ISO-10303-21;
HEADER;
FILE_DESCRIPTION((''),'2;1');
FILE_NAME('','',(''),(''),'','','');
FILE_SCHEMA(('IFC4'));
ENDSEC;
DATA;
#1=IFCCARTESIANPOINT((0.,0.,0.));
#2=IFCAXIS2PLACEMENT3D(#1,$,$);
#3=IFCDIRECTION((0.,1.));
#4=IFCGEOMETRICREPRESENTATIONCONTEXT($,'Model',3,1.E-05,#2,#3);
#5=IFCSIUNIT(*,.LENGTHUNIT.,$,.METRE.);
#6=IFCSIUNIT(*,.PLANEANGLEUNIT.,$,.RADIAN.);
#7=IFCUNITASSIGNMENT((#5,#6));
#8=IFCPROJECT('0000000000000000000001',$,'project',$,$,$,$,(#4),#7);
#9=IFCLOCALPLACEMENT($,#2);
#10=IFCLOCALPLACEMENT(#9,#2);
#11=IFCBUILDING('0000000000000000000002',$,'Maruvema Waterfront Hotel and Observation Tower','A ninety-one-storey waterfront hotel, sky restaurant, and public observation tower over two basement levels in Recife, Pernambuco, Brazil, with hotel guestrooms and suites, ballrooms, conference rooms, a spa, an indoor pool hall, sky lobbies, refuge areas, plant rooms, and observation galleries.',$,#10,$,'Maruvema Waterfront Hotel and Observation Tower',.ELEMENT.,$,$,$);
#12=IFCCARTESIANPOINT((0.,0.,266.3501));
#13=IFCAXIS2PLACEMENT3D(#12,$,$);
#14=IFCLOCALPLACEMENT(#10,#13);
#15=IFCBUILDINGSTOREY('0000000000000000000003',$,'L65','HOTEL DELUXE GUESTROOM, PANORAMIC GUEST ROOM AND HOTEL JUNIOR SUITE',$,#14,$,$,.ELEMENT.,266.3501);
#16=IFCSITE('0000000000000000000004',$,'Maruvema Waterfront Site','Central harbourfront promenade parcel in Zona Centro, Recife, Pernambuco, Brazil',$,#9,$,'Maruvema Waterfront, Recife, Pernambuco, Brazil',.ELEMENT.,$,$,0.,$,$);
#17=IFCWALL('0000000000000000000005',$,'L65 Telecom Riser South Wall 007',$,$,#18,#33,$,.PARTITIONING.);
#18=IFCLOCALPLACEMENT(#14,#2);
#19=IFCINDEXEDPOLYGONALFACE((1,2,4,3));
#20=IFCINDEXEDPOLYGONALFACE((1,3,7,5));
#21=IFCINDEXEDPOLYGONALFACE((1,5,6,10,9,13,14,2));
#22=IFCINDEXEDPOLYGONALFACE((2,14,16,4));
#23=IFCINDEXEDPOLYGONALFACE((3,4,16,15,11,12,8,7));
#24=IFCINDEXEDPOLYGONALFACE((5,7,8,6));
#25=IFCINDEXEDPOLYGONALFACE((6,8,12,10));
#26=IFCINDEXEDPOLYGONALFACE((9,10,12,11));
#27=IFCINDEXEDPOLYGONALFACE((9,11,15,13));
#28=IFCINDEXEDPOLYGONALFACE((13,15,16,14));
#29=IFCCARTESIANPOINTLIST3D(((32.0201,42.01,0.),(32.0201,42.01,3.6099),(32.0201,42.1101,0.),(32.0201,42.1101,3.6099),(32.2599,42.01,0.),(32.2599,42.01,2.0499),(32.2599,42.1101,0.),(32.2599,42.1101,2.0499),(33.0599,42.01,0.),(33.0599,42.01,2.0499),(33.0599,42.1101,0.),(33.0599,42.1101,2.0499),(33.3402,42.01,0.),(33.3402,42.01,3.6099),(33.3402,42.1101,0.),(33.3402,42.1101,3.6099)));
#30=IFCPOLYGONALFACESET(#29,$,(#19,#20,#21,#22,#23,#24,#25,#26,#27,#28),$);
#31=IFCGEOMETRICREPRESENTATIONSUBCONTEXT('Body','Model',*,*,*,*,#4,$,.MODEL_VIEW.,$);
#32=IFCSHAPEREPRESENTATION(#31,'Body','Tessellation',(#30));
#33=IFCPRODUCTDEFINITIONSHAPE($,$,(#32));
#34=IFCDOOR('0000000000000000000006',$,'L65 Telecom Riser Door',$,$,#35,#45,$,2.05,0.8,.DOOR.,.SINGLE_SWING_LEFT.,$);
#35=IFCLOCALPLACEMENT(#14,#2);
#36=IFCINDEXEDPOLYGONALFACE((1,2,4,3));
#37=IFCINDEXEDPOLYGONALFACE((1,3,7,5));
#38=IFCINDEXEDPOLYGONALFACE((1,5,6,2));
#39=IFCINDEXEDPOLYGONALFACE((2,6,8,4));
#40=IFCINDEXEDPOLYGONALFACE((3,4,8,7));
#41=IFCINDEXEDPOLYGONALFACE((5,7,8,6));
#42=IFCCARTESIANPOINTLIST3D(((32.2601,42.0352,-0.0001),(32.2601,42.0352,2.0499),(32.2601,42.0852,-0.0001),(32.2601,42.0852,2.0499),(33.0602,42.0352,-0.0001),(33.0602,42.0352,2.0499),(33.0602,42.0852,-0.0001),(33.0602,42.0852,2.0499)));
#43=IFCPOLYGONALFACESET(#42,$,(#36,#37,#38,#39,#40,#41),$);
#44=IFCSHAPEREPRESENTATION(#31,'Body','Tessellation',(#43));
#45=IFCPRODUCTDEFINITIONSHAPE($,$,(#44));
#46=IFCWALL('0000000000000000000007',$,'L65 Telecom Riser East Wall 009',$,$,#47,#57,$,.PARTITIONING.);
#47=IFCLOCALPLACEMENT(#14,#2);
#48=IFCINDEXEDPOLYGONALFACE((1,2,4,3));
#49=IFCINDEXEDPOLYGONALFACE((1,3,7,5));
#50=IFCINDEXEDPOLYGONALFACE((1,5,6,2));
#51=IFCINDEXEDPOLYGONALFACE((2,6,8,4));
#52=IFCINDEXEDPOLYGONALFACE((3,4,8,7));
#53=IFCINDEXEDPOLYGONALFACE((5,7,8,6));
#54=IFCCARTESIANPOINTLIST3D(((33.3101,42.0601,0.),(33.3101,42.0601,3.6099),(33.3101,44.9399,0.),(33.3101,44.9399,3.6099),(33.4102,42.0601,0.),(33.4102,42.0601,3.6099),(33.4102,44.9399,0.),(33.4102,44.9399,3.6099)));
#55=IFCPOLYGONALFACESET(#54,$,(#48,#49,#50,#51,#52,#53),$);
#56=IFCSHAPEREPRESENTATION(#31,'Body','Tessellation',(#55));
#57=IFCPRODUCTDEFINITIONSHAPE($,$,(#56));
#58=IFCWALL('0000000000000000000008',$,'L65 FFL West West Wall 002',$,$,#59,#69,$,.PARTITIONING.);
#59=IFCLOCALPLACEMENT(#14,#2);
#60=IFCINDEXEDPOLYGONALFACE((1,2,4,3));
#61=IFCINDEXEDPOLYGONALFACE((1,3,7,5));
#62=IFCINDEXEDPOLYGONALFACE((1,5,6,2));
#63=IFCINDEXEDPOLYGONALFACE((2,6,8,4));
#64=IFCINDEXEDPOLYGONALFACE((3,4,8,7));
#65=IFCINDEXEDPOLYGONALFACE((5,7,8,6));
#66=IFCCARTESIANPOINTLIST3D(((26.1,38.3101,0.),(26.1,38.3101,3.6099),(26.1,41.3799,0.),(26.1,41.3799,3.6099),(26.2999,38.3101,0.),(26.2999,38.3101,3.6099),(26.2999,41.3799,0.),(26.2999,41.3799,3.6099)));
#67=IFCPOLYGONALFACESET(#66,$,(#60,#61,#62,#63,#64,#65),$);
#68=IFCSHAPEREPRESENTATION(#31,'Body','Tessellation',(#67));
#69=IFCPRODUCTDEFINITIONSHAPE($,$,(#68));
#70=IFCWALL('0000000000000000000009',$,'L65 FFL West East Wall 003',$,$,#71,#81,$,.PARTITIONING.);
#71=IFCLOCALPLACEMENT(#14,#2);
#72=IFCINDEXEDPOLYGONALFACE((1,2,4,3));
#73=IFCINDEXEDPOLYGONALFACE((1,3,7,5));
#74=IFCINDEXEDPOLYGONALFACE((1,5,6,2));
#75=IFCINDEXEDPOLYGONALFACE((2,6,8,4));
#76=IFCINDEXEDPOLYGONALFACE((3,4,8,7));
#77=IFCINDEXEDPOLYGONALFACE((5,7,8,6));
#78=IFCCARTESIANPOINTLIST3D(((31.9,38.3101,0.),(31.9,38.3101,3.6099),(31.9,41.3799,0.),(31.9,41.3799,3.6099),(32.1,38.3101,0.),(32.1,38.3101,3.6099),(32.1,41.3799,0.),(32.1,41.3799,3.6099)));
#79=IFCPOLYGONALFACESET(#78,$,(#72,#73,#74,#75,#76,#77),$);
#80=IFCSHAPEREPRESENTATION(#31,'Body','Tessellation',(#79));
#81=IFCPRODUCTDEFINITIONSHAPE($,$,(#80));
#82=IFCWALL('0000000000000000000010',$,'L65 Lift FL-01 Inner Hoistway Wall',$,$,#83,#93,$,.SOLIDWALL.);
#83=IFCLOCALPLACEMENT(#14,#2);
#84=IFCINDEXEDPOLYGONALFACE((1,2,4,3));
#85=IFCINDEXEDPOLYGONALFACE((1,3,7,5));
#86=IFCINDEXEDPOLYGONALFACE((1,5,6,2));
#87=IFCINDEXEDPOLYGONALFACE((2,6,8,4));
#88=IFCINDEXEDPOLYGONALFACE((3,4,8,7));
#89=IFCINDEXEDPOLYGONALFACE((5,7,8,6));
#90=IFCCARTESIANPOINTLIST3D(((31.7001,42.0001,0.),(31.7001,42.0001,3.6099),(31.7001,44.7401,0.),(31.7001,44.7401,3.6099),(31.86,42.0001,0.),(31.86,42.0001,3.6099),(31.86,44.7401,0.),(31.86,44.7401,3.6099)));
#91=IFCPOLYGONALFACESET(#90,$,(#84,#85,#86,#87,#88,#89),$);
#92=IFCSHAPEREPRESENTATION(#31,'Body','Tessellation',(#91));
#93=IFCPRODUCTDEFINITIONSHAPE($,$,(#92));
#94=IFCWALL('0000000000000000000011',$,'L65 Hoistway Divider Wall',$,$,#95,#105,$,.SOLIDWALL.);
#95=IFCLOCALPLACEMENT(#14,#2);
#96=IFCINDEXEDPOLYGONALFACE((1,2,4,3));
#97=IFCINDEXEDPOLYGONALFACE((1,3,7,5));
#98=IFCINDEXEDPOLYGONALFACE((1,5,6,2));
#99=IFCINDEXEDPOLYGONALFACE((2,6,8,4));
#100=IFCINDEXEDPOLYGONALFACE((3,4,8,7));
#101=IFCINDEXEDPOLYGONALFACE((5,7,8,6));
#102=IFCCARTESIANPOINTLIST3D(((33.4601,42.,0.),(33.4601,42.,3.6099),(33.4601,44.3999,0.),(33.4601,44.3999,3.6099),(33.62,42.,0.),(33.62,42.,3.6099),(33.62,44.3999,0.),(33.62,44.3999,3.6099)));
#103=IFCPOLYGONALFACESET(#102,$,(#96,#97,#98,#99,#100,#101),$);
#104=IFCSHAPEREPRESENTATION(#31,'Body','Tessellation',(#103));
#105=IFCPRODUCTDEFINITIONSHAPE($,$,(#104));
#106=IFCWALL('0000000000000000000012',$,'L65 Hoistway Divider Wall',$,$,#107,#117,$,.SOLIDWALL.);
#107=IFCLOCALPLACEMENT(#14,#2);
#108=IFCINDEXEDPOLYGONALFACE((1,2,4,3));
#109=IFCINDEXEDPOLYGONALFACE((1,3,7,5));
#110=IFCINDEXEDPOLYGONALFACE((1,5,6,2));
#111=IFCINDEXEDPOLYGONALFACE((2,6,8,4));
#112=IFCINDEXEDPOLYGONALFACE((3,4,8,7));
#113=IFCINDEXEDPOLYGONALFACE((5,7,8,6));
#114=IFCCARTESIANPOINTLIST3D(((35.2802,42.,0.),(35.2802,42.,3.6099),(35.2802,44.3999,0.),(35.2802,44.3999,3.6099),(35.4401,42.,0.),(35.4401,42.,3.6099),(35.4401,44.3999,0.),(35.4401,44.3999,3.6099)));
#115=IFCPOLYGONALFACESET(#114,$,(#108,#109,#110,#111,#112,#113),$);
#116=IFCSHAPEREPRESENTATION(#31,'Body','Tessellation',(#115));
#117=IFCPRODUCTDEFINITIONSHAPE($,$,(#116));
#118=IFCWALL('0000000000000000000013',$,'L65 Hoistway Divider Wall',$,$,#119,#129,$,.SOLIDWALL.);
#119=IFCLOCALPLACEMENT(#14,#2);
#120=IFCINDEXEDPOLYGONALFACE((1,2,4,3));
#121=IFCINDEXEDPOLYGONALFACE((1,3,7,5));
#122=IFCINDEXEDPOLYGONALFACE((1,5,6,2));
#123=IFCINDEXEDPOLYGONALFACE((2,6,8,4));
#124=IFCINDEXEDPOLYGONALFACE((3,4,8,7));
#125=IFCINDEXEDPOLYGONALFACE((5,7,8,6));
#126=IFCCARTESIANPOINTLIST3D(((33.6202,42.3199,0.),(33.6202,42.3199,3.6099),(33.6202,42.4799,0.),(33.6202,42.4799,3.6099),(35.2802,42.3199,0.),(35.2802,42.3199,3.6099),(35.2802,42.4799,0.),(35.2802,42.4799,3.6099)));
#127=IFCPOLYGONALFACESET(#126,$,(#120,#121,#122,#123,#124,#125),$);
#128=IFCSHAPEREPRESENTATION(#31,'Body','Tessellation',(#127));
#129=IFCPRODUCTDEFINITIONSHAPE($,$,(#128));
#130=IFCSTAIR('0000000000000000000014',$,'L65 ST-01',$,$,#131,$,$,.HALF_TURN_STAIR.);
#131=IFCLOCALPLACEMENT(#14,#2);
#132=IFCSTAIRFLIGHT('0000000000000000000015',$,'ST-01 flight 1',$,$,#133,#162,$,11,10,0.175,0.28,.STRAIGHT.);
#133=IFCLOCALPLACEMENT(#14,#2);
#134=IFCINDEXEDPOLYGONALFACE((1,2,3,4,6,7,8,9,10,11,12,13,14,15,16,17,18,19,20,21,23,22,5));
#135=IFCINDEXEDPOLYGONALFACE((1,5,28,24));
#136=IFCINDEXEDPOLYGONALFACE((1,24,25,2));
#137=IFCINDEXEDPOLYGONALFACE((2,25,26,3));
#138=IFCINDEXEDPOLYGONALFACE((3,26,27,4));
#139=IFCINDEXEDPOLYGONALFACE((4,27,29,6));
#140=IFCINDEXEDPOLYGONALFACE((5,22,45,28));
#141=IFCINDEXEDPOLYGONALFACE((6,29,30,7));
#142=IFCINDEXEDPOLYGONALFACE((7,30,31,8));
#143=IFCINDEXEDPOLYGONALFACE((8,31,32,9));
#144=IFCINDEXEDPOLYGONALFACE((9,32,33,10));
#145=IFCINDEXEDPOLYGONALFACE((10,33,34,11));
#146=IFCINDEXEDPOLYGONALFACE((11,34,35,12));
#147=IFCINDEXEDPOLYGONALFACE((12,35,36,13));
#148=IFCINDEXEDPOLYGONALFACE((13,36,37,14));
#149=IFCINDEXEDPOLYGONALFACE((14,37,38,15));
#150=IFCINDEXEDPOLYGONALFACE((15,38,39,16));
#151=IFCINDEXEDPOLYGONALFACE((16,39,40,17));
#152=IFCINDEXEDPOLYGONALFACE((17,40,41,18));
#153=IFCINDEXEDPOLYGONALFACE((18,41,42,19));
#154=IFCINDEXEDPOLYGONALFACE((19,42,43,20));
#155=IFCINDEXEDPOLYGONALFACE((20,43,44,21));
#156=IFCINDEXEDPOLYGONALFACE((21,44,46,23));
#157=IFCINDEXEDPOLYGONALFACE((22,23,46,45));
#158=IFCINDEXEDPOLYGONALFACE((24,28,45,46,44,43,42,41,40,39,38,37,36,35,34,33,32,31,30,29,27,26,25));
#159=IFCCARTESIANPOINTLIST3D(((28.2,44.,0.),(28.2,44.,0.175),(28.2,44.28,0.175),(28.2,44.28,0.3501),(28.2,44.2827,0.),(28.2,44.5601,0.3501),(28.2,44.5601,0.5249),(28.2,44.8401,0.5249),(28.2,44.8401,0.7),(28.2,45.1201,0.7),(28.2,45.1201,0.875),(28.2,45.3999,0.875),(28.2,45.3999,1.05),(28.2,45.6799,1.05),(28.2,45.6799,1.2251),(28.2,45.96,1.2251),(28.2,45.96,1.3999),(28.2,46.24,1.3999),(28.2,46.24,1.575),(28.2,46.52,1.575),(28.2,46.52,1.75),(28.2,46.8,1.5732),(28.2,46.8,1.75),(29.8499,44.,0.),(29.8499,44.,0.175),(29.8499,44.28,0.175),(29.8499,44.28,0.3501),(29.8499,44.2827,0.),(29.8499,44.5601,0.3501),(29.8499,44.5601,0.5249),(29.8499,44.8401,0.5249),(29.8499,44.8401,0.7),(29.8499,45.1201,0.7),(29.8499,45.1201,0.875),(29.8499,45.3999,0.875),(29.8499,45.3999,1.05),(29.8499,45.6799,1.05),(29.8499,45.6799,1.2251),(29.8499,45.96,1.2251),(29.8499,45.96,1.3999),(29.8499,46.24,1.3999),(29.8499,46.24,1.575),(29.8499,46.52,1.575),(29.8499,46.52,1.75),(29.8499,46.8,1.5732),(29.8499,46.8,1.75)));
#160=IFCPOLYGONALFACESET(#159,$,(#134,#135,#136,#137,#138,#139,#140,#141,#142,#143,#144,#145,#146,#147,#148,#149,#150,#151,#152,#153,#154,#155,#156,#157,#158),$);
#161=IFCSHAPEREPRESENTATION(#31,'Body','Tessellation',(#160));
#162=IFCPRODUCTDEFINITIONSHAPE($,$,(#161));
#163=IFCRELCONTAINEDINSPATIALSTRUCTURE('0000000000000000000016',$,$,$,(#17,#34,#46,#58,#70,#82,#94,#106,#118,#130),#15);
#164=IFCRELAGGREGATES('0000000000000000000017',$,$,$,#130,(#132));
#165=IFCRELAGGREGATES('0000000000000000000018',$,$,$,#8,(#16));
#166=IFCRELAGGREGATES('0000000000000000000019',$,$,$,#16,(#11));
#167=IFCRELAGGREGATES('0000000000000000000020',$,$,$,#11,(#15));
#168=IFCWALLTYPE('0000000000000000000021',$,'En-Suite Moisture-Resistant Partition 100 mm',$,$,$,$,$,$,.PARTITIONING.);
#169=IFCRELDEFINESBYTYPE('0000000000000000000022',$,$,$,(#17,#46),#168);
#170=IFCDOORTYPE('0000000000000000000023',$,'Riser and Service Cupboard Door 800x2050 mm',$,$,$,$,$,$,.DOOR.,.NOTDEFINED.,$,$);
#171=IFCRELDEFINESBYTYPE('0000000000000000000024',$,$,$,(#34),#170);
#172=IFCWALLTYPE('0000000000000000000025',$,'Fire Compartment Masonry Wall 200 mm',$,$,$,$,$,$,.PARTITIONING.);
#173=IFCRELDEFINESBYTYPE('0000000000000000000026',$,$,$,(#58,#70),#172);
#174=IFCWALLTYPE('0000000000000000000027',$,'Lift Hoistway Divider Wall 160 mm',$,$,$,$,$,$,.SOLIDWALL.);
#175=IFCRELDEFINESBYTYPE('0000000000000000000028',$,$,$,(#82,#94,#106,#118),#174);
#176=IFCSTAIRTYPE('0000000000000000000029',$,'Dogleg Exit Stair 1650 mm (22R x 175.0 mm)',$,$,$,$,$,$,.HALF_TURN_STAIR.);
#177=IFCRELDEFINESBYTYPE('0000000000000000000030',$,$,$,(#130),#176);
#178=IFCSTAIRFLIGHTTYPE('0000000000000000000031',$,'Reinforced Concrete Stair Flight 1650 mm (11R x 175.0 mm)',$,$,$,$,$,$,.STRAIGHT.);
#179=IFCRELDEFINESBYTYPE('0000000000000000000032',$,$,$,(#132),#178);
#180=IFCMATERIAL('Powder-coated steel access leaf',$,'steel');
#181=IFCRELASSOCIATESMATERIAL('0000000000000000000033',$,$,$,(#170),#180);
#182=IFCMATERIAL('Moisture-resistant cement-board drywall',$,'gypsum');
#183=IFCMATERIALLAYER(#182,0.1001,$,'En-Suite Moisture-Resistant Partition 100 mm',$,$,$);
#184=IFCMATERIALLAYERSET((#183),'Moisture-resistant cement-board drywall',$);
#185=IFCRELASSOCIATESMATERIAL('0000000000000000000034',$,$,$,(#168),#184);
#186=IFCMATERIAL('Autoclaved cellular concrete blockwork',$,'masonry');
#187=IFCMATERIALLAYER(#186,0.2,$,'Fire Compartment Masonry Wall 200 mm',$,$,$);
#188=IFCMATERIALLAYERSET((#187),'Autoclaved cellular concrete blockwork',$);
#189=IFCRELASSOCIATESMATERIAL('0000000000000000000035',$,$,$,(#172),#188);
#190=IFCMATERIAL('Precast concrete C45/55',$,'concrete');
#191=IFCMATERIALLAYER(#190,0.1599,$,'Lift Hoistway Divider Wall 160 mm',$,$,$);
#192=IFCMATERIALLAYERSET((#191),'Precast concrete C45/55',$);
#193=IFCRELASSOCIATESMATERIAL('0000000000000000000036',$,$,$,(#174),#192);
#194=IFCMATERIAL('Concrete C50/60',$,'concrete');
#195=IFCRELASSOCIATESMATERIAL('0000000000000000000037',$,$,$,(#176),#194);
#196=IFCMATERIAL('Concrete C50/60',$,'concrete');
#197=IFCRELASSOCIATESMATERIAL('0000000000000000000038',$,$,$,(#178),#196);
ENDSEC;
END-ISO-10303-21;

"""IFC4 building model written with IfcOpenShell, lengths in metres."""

from ifc_helpers import new_model, si_unit, direction, frame, frame_2d, origin, place, context, subcontext, project, spatial, polyline, rectangle, outline, extrude, material, layer, layer_set, type_object, element, fill, aggregate, save


model = new_model("IFC4")

# Units and contexts
model_context = context("Model", 3, precision=1e-05, world=origin(), true_north=direction((0.0, 1.0)))
body_context = subcontext(model_context, "Body", "Model", "MODEL_VIEW")
ifc_project = project(units=[si_unit("LENGTHUNIT", "METRE"), si_unit("PLANEANGLEUNIT", "RADIAN")], contexts=[model_context])

# Site, building, storey
site_placement = place(None, origin())
site = spatial("IfcSite", under=ifc_project, at=site_placement, Name="Maruvema Waterfront Site", Description="Central harbourfront promenade parcel in Zona Centro, Recife, Pernambuco, Brazil", LongName="Maruvema Waterfront, Recife, Pernambuco, Brazil", CompositionType="ELEMENT", RefElevation=0.0)
building_placement = place(site_placement, origin())
building = spatial("IfcBuilding", under=site, at=building_placement, Name="Maruvema Waterfront Hotel and Observation Tower", Description="A ninety-one-storey waterfront hotel, sky restaurant, and public observation tower over two basement levels in Recife, Pernambuco, Brazil, with hotel guestrooms and suites, ballrooms, conference rooms, a spa, an indoor pool hall, sky lobbies, refuge areas, plant rooms, and observation galleries.", LongName="Maruvema Waterfront Hotel and Observation Tower", CompositionType="ELEMENT")
storey_placement = place(building_placement, frame((0.0, 0.0, 266.3501)))
storey = spatial("IfcBuildingStorey", under=building, at=storey_placement, Name="L65", Description="HOTEL DELUXE GUESTROOM, PANORAMIC GUEST ROOM AND HOTEL JUNIOR SUITE", CompositionType="ELEMENT", Elevation=266.3501)

# Shared definitions
ifc_material_1 = material(Name="Powder-coated steel access leaf", Category="steel")
door_type_1 = type_object("IfcDoorType", Name="Riser and Service Cupboard Door 800x2050 mm", OperationType="NOTDEFINED", PredefinedType="DOOR", material=ifc_material_1)

# Wall, opening, door
ifc_material_2 = material(Name="Moisture-resistant cement-board drywall", Category="gypsum")
ifc_layer_1 = layer(ifc_material_2, 0.1001, Name="En-Suite Moisture-Resistant Partition 100 mm")
ifc_layer_set_1 = layer_set([ifc_layer_1], Name="Moisture-resistant cement-board drywall")
wall_type_1 = type_object("IfcWallType", Name="En-Suite Moisture-Resistant Partition 100 mm", PredefinedType="PARTITIONING", material=ifc_layer_set_1)
wall_1_placement = place(storey_placement, frame((32.02, 42.0601, 0.0), z_axis=(0.0, 0.0, 1.0), x_axis=(1.0, 0.0, 0.0)))
wall_1 = element("IfcWall", 1, at=wall_1_placement, inside=storey, type_object=wall_type_1, Name="L65 Telecom Riser South Wall 007", PredefinedType="PARTITIONING", context=body_context, shape_type="SweptSolid", body=[
    extrude(rectangle(XDim=1.3201, YDim=0.1001, at=frame_2d((0.6602, 0.0))), origin(), (0.0, 0.0, 1.0), 3.6099),
])
opening_1_placement = place(wall_1_placement, frame((0.24, 0.0, 0.0)))
opening_1 = element("IfcOpeningElement", 2, at=opening_1_placement, cuts=wall_1, PredefinedType="OPENING", context=body_context, shape_type="SweptSolid", body=[
    extrude(rectangle(XDim=0.8, YDim=2.05, at=frame_2d((0.3999, 1.0249))), frame((0.0, 0.0601, 0.0), z_axis=(0.0, -1.0, 0.0), x_axis=(1.0, 0.0, 0.0)), (0.0, 0.0, 1.0), 0.1201),
])
door_1_placement = place(opening_1_placement, frame((0.8, 0.0, 0.0), z_axis=(0.0, 0.0, 1.0), x_axis=(-1.0, 0.0, 0.0)))
door_1 = element("IfcDoor", 3, at=door_1_placement, inside=storey, type_object=door_type_1, Name="L65 Telecom Riser Door", OperationType="SINGLE_SWING_LEFT", OverallHeight=2.05, OverallWidth=0.8, PredefinedType="DOOR", context=body_context, shape_type="SweptSolid", body=[
    extrude(rectangle(XDim=0.8, YDim=2.05, at=frame_2d((0.3999, 1.0249))), frame((0.0, 0.0249, 0.0), z_axis=(0.0, -1.0, 0.0), x_axis=(1.0, 0.0, 0.0)), (0.0, 0.0, 1.0), 0.05),
])
fill(opening_1, door_1)

# Wall
wall_2_placement = place(storey_placement, frame((33.3601, 42.0601, 0.0), z_axis=(0.0, 0.0, 1.0), x_axis=(0.0, 1.0, 0.0)))
element("IfcWall", 4, at=wall_2_placement, inside=storey, type_object=wall_type_1, Name="L65 Telecom Riser East Wall 009", PredefinedType="PARTITIONING", context=body_context, shape_type="SweptSolid", body=[
    extrude(rectangle(XDim=2.8799, YDim=0.1001, at=frame_2d((1.4399, 0.0))), origin(), (0.0, 0.0, 1.0), 3.6099),
])

# Shared definitions
ifc_material_3 = material(Name="Autoclaved cellular concrete blockwork", Category="masonry")
ifc_layer_2 = layer(ifc_material_3, 0.2, Name="Fire Compartment Masonry Wall 200 mm")
ifc_layer_set_2 = layer_set([ifc_layer_2], Name="Autoclaved cellular concrete blockwork")
wall_type_2 = type_object("IfcWallType", Name="Fire Compartment Masonry Wall 200 mm", PredefinedType="PARTITIONING", material=ifc_layer_set_2)

# Walls
for number, where, z_axis, x_axis, name in (
    (5, (26.2, 38.3101, 0.0), (0.0, 0.0, 1.0), (0.0, 1.0, 0.0), "L65 FFL West West Wall 002"),
    (6, (32.0, 38.3101, 0.0), (0.0, 0.0, 1.0), (0.0, 1.0, 0.0), "L65 FFL West East Wall 003"),
):
    element("IfcWall", number, at=place(storey_placement, frame(where, z_axis=z_axis, x_axis=x_axis)), inside=storey, type_object=wall_type_2, Name=name, PredefinedType="PARTITIONING", context=body_context, shape_type="SweptSolid", body=[
        extrude(rectangle(XDim=3.0698, YDim=0.2, at=frame_2d((1.5349, 0.0))), origin(), (0.0, 0.0, 1.0), 3.6099),
    ])
ifc_material_4 = material(Name="Precast concrete C45/55", Category="concrete")
ifc_layer_3 = layer(ifc_material_4, 0.1599, Name="Lift Hoistway Divider Wall 160 mm")
ifc_layer_set_3 = layer_set([ifc_layer_3], Name="Precast concrete C45/55")
wall_type_3 = type_object("IfcWallType", Name="Lift Hoistway Divider Wall 160 mm", PredefinedType="SOLIDWALL", material=ifc_layer_set_3)
wall_3_placement = place(storey_placement, frame((31.78, 42.0, 0.0), z_axis=(0.0, 0.0, 1.0), x_axis=(0.0, 1.0, 0.0)))
element("IfcWall", 7, at=wall_3_placement, inside=storey, type_object=wall_type_3, Name="L65 Lift FL-01 Inner Hoistway Wall", PredefinedType="SOLIDWALL", context=body_context, shape_type="SweptSolid", body=[
    extrude(rectangle(XDim=2.74, YDim=0.1599, at=frame_2d((1.3701, 0.0))), origin(), (0.0, 0.0, 1.0), 3.6099),
])
for number, where, z_axis, x_axis, name in (
    (8, (33.54, 42.0, 0.0), (0.0, 0.0, 1.0), (0.0, 1.0, 0.0), "L65 Hoistway Divider Wall"),
    (9, (35.3601, 42.0, 0.0), (0.0, 0.0, 1.0), (0.0, 1.0, 0.0), "L65 Hoistway Divider Wall"),
):
    element("IfcWall", number, at=place(storey_placement, frame(where, z_axis=z_axis, x_axis=x_axis)), inside=storey, type_object=wall_type_3, Name=name, PredefinedType="SOLIDWALL", context=body_context, shape_type="SweptSolid", body=[
        extrude(rectangle(XDim=2.3999, YDim=0.1599, at=frame_2d((1.2, 0.0))), origin(), (0.0, 0.0, 1.0), 3.6099),
    ])
wall_4_placement = place(storey_placement, frame((33.6201, 42.3999, 0.0), z_axis=(0.0, 0.0, 1.0), x_axis=(1.0, 0.0, 0.0)))
element("IfcWall", 10, at=wall_4_placement, inside=storey, type_object=wall_type_3, Name="L65 Hoistway Divider Wall", PredefinedType="SOLIDWALL", context=body_context, shape_type="SweptSolid", body=[
    extrude(rectangle(XDim=1.6599, YDim=0.1599, at=frame_2d((0.8301, 0.0))), origin(), (0.0, 0.0, 1.0), 3.6099),
])

# Stair, stair flight
ifc_material_5 = material(Name="Concrete C50/60", Category="concrete")
stair_type = type_object("IfcStairType", Name="Dogleg Exit Stair 1650 mm (22R x 175.0 mm)", PredefinedType="HALF_TURN_STAIR", material=ifc_material_5)
stair_placement = place(storey_placement, origin())
stair = element("IfcStair", 11, at=stair_placement, inside=storey, type_object=stair_type, Name="L65 ST-01", PredefinedType="HALF_TURN_STAIR")
ifc_material_6 = material(Name="Concrete C50/60", Category="concrete")
stair_flight_type = type_object("IfcStairFlightType", Name="Reinforced Concrete Stair Flight 1650 mm (11R x 175.0 mm)", PredefinedType="STRAIGHT", material=ifc_material_6)
stair_flight_placement = place(storey_placement, frame((29.0249, 44.0, 0.0), z_axis=(0.0, 0.0, 1.0), x_axis=(0.0, 1.0, 0.0)))
stair_flight = element("IfcStairFlight", 12, at=stair_flight_placement, type_object=stair_flight_type, Name="ST-01 flight 1", NumberOfRisers=11, NumberOfTreads=10, PredefinedType="STRAIGHT", RiserHeight=0.175, TreadLength=0.28, context=body_context, shape_type="SweptSolid", body=[
    extrude(outline(polyline([(0.0, 0.0), (0.0, 0.175), (0.28, 0.175), (0.28, 0.3501), (0.5601, 0.3501), (0.5601, 0.5249), (0.8401, 0.5249), (0.8401, 0.7), (1.1201, 0.7), (1.1201, 0.875), (1.3999, 0.875), (1.3999, 1.05), (1.6799, 1.05), (1.6799, 1.2251), (1.96, 1.2251), (1.96, 1.3999), (2.24, 1.3999), (2.24, 1.575), (2.52, 1.575), (2.52, 1.75), (2.8, 1.75), (2.8, 1.925), (2.8, 1.5732), (0.2827, 0.0), (0.0, 0.0)])), frame((0.0, 0.825, 0.0), z_axis=(0.0, -1.0, 0.0), x_axis=(1.0, 0.0, 0.0)), (0.0, 0.0, 1.0), 1.6499),
])
aggregate(stair, [stair_flight])

save(model, "model.ifc")
